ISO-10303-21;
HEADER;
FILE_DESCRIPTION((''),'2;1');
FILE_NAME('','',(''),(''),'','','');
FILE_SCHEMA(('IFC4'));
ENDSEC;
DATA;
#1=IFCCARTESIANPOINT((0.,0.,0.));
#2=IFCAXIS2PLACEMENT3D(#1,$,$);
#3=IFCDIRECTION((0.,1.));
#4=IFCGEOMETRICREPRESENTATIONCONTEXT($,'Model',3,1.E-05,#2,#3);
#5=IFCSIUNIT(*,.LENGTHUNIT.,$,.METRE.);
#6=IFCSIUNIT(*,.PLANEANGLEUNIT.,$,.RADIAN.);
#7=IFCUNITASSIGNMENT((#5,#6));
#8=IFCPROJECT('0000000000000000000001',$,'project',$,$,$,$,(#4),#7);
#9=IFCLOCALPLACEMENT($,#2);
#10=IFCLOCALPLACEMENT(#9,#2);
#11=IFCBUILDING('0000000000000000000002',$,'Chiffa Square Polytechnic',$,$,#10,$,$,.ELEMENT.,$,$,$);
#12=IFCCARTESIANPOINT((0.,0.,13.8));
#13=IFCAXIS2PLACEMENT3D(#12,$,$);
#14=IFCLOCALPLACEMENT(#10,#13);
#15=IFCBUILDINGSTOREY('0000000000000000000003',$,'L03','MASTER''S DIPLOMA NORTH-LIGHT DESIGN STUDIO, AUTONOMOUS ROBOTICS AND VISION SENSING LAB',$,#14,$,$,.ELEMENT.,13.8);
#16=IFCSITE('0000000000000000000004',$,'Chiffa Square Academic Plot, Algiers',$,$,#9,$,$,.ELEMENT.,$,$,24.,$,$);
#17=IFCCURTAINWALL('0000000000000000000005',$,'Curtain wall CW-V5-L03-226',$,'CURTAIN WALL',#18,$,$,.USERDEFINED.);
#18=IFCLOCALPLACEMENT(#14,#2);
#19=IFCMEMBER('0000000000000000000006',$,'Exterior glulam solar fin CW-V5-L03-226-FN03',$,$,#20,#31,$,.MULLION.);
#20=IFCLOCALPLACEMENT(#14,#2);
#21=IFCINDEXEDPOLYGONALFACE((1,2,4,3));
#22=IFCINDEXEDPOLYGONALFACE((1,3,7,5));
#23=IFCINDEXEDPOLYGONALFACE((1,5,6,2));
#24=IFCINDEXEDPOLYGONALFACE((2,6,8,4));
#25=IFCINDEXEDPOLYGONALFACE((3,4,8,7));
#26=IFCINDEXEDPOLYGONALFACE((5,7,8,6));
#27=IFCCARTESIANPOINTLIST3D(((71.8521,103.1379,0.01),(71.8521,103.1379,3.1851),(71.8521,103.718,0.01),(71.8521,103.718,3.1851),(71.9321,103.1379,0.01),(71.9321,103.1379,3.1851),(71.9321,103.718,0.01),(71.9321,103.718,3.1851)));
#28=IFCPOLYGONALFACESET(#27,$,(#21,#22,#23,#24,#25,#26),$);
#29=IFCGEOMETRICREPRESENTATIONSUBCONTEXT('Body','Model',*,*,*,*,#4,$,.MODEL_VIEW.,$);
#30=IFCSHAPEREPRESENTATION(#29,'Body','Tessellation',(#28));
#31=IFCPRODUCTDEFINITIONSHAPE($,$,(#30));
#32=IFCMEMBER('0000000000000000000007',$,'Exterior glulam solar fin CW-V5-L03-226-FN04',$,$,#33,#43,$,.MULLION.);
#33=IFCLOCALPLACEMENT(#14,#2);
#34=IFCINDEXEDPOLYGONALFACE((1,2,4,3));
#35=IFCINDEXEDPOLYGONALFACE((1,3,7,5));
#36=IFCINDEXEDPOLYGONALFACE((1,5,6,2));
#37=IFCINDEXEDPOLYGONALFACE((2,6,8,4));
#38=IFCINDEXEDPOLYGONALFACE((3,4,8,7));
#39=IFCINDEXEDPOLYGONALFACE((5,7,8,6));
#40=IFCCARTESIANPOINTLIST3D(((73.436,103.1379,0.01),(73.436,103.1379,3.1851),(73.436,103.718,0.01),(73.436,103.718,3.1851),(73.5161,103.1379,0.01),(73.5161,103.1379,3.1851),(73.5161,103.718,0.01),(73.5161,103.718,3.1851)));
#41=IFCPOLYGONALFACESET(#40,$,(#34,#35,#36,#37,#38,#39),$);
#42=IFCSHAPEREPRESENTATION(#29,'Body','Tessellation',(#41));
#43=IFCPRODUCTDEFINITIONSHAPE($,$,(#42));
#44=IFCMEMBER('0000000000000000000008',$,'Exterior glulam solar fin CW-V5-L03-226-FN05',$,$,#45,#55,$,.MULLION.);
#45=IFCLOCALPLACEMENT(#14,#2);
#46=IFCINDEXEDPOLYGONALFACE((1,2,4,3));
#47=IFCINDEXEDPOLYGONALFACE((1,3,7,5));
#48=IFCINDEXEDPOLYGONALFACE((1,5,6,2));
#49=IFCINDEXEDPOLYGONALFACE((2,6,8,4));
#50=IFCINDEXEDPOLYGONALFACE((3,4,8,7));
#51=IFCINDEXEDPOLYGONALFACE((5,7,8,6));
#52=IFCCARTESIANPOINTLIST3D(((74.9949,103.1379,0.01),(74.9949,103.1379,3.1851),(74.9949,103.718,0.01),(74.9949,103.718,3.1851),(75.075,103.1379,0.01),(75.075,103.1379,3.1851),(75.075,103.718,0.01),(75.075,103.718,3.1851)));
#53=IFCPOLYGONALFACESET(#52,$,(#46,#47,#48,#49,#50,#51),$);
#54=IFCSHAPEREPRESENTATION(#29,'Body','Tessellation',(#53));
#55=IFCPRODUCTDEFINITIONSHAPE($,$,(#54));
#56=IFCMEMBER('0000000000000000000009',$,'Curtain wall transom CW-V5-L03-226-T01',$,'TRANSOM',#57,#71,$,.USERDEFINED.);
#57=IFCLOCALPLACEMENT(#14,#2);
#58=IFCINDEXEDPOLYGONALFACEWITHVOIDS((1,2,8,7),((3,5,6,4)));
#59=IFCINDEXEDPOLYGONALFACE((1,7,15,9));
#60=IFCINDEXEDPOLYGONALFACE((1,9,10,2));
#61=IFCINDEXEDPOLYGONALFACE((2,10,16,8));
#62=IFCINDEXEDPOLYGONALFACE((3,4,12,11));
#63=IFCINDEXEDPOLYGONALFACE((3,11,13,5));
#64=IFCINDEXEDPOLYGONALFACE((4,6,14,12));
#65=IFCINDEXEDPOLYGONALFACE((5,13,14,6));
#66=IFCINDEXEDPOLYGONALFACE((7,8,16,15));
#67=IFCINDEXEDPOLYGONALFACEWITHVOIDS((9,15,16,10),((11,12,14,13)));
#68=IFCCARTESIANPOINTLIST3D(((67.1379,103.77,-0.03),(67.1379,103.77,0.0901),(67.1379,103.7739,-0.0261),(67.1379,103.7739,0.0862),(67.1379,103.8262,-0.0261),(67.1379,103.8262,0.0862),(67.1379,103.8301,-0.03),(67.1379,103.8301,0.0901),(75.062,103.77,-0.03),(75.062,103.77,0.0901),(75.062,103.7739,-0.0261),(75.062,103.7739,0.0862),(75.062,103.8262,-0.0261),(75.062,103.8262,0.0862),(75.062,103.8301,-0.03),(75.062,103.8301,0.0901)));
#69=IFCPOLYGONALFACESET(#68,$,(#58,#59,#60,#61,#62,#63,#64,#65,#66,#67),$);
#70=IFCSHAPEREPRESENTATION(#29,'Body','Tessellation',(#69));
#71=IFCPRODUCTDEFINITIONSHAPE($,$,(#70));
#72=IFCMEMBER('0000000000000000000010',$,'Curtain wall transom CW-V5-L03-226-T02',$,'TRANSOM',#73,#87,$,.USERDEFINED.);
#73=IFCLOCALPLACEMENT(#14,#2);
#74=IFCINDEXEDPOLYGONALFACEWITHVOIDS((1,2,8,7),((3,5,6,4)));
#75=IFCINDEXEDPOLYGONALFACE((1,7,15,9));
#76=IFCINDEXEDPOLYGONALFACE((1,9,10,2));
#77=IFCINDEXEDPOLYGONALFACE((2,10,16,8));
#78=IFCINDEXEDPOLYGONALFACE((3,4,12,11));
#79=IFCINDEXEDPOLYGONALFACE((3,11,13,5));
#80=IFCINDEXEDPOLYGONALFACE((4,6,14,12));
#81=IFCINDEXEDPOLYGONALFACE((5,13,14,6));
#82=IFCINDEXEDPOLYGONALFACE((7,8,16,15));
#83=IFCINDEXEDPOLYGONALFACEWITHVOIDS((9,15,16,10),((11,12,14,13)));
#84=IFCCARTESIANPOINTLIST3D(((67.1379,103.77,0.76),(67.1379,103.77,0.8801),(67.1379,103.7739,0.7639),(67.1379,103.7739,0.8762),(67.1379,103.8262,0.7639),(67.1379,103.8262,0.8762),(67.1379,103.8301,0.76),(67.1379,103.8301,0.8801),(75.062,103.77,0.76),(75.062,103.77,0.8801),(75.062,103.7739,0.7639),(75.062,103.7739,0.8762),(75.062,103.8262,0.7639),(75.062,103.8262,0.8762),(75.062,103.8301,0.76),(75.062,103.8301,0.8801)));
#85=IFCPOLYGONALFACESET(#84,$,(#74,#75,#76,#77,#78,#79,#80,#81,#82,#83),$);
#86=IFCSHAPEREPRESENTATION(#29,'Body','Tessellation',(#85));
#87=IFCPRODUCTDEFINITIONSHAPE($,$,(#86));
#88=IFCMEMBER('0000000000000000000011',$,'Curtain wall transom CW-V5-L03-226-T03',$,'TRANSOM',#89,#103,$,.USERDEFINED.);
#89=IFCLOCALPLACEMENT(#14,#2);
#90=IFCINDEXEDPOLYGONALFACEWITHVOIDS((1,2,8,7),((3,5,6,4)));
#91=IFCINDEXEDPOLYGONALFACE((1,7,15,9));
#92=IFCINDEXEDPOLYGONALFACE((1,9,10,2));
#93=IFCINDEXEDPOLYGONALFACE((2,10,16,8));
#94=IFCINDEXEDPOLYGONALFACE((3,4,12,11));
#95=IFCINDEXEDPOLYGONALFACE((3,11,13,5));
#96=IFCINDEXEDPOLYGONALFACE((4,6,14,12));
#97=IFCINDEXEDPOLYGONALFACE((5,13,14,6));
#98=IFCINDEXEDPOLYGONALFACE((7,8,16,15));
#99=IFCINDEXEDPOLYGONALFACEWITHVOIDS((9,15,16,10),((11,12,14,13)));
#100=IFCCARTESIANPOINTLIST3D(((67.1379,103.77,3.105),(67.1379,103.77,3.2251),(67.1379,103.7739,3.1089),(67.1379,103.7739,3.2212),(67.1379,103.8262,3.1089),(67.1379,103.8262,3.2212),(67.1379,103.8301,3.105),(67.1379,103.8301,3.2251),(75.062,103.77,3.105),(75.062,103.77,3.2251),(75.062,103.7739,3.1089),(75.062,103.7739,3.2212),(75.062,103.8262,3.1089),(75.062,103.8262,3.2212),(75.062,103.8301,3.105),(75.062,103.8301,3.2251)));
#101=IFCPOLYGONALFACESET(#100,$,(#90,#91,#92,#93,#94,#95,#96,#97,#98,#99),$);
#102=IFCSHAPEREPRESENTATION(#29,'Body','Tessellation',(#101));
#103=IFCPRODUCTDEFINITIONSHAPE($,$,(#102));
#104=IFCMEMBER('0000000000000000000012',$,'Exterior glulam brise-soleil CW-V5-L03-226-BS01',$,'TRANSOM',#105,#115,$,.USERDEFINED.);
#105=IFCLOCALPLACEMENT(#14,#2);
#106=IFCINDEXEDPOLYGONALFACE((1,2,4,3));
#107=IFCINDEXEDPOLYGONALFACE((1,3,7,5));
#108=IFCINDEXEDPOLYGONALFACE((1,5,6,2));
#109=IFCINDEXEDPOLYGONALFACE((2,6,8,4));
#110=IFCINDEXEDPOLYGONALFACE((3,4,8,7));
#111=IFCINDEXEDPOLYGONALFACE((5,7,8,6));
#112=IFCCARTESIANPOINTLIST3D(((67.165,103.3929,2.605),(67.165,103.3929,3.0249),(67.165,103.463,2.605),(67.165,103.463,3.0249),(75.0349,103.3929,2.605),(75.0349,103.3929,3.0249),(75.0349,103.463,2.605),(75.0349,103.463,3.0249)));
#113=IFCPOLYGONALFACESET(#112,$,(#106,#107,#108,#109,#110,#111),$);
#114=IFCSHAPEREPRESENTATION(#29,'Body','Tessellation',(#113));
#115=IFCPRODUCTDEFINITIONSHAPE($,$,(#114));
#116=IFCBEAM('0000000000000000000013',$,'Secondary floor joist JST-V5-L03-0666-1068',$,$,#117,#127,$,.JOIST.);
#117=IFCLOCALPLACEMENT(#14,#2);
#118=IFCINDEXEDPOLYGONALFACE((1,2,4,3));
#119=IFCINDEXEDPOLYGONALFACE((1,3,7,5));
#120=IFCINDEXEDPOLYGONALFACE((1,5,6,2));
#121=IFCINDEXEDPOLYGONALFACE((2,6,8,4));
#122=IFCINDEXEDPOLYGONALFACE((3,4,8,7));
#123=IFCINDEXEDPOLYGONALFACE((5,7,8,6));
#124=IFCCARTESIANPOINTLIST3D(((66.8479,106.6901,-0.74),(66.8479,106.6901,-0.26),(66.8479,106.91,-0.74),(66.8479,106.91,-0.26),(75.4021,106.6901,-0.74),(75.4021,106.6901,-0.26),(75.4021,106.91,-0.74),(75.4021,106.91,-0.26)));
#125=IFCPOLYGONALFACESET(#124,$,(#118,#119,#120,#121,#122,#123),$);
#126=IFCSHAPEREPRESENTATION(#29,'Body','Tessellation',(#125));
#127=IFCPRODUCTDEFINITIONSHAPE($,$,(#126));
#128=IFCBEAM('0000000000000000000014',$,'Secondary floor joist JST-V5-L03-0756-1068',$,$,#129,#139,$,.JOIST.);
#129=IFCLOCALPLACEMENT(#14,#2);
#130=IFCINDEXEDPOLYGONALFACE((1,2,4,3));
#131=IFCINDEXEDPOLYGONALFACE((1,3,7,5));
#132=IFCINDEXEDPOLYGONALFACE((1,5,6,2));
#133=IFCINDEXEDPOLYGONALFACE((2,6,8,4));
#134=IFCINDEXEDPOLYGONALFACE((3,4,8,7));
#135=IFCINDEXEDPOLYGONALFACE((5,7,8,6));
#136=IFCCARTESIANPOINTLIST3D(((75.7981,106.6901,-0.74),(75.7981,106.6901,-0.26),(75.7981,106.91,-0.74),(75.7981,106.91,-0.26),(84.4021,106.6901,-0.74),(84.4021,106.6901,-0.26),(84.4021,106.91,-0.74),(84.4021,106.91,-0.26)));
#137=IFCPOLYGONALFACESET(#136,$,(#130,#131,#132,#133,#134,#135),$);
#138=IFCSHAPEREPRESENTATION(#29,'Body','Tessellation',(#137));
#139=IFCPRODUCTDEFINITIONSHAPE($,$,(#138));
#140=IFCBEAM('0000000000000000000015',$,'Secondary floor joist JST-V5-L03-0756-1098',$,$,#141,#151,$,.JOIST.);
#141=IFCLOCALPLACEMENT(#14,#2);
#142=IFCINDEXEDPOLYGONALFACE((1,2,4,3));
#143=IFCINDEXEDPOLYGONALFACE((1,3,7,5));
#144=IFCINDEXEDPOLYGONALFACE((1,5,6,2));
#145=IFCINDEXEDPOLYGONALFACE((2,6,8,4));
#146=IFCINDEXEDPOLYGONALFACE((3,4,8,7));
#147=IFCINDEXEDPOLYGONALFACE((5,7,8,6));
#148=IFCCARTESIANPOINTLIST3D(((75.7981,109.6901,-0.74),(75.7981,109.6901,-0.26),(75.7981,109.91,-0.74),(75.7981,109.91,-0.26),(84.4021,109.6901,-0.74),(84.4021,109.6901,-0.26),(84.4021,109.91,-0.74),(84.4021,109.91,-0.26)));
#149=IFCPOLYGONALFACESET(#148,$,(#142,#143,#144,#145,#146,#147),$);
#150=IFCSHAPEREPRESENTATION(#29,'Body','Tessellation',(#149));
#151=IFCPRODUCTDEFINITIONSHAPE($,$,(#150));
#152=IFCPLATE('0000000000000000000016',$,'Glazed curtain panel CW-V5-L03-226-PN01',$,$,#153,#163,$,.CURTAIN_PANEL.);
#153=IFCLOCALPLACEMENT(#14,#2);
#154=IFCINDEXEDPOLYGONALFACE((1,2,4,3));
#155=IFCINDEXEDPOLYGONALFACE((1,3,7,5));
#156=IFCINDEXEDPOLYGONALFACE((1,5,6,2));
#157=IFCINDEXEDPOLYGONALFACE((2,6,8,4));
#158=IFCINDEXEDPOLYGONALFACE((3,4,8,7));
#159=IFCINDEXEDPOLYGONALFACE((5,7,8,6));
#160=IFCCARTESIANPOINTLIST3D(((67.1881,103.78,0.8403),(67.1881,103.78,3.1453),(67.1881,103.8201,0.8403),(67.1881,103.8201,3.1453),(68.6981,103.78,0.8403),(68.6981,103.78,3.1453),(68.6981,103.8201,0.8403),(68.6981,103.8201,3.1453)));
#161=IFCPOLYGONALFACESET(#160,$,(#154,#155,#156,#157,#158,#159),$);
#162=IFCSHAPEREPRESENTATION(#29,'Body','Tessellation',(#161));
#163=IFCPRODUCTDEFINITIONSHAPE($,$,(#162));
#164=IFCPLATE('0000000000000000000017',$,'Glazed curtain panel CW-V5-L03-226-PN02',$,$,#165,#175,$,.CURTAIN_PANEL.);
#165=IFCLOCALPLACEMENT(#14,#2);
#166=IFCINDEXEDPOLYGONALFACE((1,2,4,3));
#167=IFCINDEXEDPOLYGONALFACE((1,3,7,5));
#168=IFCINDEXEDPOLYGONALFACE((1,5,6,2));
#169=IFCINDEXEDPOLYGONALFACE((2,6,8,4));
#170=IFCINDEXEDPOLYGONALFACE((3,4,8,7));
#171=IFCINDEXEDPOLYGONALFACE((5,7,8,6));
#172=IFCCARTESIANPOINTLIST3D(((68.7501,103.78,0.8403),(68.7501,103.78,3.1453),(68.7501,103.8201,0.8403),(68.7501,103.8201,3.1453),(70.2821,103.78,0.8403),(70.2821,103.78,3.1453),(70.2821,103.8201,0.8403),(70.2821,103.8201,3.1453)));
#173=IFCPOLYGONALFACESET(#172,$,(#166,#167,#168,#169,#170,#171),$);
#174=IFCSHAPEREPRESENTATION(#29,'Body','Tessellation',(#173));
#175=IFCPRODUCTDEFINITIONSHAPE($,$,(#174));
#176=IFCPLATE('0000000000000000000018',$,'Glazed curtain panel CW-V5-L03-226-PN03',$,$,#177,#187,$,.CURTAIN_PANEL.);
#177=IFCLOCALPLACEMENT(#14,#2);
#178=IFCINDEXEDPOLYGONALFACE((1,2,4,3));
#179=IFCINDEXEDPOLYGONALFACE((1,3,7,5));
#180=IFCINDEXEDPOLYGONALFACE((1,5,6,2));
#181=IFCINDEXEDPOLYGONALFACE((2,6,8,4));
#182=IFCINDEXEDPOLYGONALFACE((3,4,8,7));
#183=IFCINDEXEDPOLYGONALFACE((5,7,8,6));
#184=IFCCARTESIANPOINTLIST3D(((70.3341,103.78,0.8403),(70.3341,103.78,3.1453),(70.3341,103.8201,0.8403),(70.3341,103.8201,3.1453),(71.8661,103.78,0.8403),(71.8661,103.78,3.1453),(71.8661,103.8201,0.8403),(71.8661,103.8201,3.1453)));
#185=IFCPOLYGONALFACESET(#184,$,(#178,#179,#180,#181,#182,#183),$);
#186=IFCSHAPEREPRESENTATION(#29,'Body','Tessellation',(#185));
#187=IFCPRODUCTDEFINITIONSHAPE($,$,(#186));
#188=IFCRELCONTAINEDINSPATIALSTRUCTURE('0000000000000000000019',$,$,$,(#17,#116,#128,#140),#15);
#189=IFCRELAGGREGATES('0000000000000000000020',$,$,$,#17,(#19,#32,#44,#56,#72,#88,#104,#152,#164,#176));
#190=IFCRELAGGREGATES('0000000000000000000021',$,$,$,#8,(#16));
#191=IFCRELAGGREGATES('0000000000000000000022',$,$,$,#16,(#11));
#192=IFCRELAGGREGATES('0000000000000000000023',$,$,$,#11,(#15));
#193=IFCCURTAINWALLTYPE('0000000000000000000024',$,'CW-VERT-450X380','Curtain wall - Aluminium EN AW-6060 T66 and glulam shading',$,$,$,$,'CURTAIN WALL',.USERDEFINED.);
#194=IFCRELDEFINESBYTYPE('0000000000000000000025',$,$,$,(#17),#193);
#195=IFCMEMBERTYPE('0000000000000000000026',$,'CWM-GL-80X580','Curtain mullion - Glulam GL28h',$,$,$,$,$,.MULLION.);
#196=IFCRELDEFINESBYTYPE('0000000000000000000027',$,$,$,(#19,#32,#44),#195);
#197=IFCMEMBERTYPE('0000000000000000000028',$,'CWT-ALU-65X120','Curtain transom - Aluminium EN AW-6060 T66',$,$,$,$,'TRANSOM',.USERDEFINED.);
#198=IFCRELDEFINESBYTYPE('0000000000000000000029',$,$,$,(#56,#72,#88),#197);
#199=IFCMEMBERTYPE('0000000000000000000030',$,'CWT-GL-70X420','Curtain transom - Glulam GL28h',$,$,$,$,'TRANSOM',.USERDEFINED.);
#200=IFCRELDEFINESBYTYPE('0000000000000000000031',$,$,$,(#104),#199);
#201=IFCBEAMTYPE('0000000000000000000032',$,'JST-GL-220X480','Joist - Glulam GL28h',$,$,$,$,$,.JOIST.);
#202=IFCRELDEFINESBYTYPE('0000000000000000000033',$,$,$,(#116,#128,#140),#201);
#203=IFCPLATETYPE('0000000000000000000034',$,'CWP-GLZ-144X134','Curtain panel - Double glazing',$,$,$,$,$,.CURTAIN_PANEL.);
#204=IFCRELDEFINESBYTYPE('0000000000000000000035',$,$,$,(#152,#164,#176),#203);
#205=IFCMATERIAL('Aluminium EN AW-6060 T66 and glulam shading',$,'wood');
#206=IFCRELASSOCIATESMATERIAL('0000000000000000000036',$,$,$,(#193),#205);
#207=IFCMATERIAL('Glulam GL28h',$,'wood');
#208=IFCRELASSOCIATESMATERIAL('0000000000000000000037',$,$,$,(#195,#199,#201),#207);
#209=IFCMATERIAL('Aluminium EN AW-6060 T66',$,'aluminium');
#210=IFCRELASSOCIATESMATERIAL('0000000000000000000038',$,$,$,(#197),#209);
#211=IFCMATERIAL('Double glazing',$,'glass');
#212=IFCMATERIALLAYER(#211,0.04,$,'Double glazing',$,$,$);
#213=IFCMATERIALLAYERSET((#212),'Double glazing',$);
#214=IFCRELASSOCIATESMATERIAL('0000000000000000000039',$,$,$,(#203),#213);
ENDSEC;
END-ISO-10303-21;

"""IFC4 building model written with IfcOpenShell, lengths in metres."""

from ifc_helpers import new_model, si_unit, direction, frame, origin, origin_2d, place, context, subcontext, project, spatial, rectangle, hollow_rectangle, extrude, material, layer, layer_set, material_profile, profile_set, type_object, element, aggregate, save


model = new_model("IFC4")

# Units and contexts
model_context = context("Model", 3, precision=1e-05, world=origin(), true_north=direction((0.0, 1.0)))
body_context = subcontext(model_context, "Body", "Model", "MODEL_VIEW")
ifc_project = project(units=[si_unit("LENGTHUNIT", "METRE"), si_unit("PLANEANGLEUNIT", "RADIAN")], contexts=[model_context])

# Site, building, storey
site_placement = place(None, origin())
site = spatial("IfcSite", under=ifc_project, at=site_placement, Name="Chiffa Square Academic Plot, Algiers", CompositionType="ELEMENT", RefElevation=24.0)
building_placement = place(site_placement, origin())
building = spatial("IfcBuilding", under=site, at=building_placement, Name="Chiffa Square Polytechnic", CompositionType="ELEMENT")
storey_placement = place(building_placement, frame((0.0, 0.0, 13.8)))
storey = spatial("IfcBuildingStorey", under=building, at=storey_placement, Name="L03", Description="MASTER'S DIPLOMA NORTH-LIGHT DESIGN STUDIO, AUTONOMOUS ROBOTICS AND VISION SENSING LAB", CompositionType="ELEMENT", Elevation=13.8)

# Curtain wall, members
ifc_material_1 = material(Name="Aluminium EN AW-6060 T66 and glulam shading", Category="wood")
curtain_wall_type = type_object("IfcCurtainWallType", Name="CW-VERT-450X380", Description="Curtain wall - Aluminium EN AW-6060 T66 and glulam shading", ElementType="CURTAIN WALL", PredefinedType="USERDEFINED", material=ifc_material_1)
curtain_wall_placement = place(storey_placement, origin())
curtain_wall = element("IfcCurtainWall", 1, at=curtain_wall_placement, inside=storey, type_object=curtain_wall_type, Name="Curtain wall CW-V5-L03-226", ObjectType="CURTAIN WALL", PredefinedType="USERDEFINED")
ifc_material_2 = material(Name="Aluminium EN AW-6060 T66", Category="aluminium")
ifc_material_3 = material(Name="Glulam GL28h", Category="wood")
ifc_material_profile_1 = material_profile(ifc_material_3, rectangle(XDim=0.0801, YDim=0.5801, at=origin_2d()), Name="GL28h 80x580")
ifc_profile_set_1 = profile_set([ifc_material_profile_1], Name="Glulam GL28h")
member_type_1 = type_object("IfcMemberType", Name="CWM-GL-80X580", Description="Curtain mullion - Glulam GL28h", PredefinedType="MULLION", material=ifc_profile_set_1)
member_1_placement = place(storey_placement, frame((71.8921, 103.428, 0.01), z_axis=(0.0, 0.0, 1.0), x_axis=(1.0, 0.0, 0.0)))
member_1 = element("IfcMember", 2, at=member_1_placement, type_object=member_type_1, Name="Exterior glulam solar fin CW-V5-L03-226-FN03", PredefinedType="MULLION", context=body_context, shape_type="SweptSolid", body=[
    extrude(rectangle(XDim=0.0801, YDim=0.5801, at=origin_2d()), origin(), (0.0, 0.0, 1.0), 3.175),
])
member_2_placement = place(storey_placement, frame((73.4761, 103.428, 0.01), z_axis=(0.0, 0.0, 1.0), x_axis=(1.0, 0.0, 0.0)))
member_2 = element("IfcMember", 3, at=member_2_placement, type_object=member_type_1, Name="Exterior glulam solar fin CW-V5-L03-226-FN04", PredefinedType="MULLION", context=body_context, shape_type="SweptSolid", body=[
    extrude(rectangle(XDim=0.0801, YDim=0.5801, at=origin_2d()), origin(), (0.0, 0.0, 1.0), 3.175),
])
member_3_placement = place(storey_placement, frame((75.0349, 103.428, 0.01), z_axis=(0.0, 0.0, 1.0), x_axis=(1.0, 0.0, 0.0)))
member_3 = element("IfcMember", 4, at=member_3_placement, type_object=member_type_1, Name="Exterior glulam solar fin CW-V5-L03-226-FN05", PredefinedType="MULLION", context=body_context, shape_type="SweptSolid", body=[
    extrude(rectangle(XDim=0.0801, YDim=0.5801, at=origin_2d()), origin(), (0.0, 0.0, 1.0), 3.175),
])
ifc_material_profile_2 = material_profile(ifc_material_2, hollow_rectangle(XDim=0.0601, YDim=0.1201, WallThickness=0.0039, at=origin_2d()), Name="ALU 60x120x4")
ifc_profile_set_2 = profile_set([ifc_material_profile_2], Name="Aluminium EN AW-6060 T66")
member_type_2 = type_object("IfcMemberType", Name="CWT-ALU-65X120", Description="Curtain transom - Aluminium EN AW-6060 T66", ElementType="TRANSOM", PredefinedType="USERDEFINED", material=ifc_profile_set_2)
member_4_placement = place(storey_placement, frame((67.1379, 103.8, 0.03), z_axis=(1.0, 0.0, 0.0), x_axis=(0.0, 1.0, 0.0)))
member_4 = element("IfcMember", 5, at=member_4_placement, type_object=member_type_2, Name="Curtain wall transom CW-V5-L03-226-T01", ObjectType="TRANSOM", PredefinedType="USERDEFINED", context=body_context, shape_type="SweptSolid", body=[
    extrude(hollow_rectangle(XDim=0.0601, YDim=0.1201, WallThickness=0.0039, at=origin_2d()), origin(), (0.0, 0.0, 1.0), 7.9241),
])
member_5_placement = place(storey_placement, frame((67.1379, 103.8, 0.8201), z_axis=(1.0, 0.0, 0.0), x_axis=(0.0, 1.0, 0.0)))
member_5 = element("IfcMember", 6, at=member_5_placement, type_object=member_type_2, Name="Curtain wall transom CW-V5-L03-226-T02", ObjectType="TRANSOM", PredefinedType="USERDEFINED", context=body_context, shape_type="SweptSolid", body=[
    extrude(hollow_rectangle(XDim=0.0601, YDim=0.1201, WallThickness=0.0039, at=origin_2d()), origin(), (0.0, 0.0, 1.0), 7.9241),
])
member_6_placement = place(storey_placement, frame((67.1379, 103.8, 3.165), z_axis=(1.0, 0.0, 0.0), x_axis=(0.0, 1.0, 0.0)))
member_6 = element("IfcMember", 7, at=member_6_placement, type_object=member_type_2, Name="Curtain wall transom CW-V5-L03-226-T03", ObjectType="TRANSOM", PredefinedType="USERDEFINED", context=body_context, shape_type="SweptSolid", body=[
    extrude(hollow_rectangle(XDim=0.0601, YDim=0.1201, WallThickness=0.0039, at=origin_2d()), origin(), (0.0, 0.0, 1.0), 7.9241),
])
ifc_material_profile_3 = material_profile(ifc_material_3, rectangle(XDim=0.0701, YDim=0.4199, at=origin_2d()), Name="GL28h 70x420")
ifc_profile_set_3 = profile_set([ifc_material_profile_3], Name="Glulam GL28h")
member_type_3 = type_object("IfcMemberType", Name="CWT-GL-70X420", Description="Curtain transom - Glulam GL28h", ElementType="TRANSOM", PredefinedType="USERDEFINED", material=ifc_profile_set_3)
member_7_placement = place(storey_placement, frame((67.165, 103.428, 2.8149), z_axis=(1.0, 0.0, 0.0), x_axis=(0.0, 1.0, 0.0)))
member_7 = element("IfcMember", 8, at=member_7_placement, type_object=member_type_3, Name="Exterior glulam brise-soleil CW-V5-L03-226-BS01", ObjectType="TRANSOM", PredefinedType="USERDEFINED", context=body_context, shape_type="SweptSolid", body=[
    extrude(rectangle(XDim=0.0701, YDim=0.4199, at=origin_2d()), origin(), (0.0, 0.0, 1.0), 7.8699),
])

# Beams
ifc_material_profile_4 = material_profile(ifc_material_3, rectangle(XDim=0.22, YDim=0.48, at=origin_2d()), Name="GL28h 220x480")
ifc_profile_set_4 = profile_set([ifc_material_profile_4], Name="Glulam GL28h")
beam_type_1 = type_object("IfcBeamType", Name="JST-GL-220X480", Description="Joist - Glulam GL28h", PredefinedType="JOIST", material=ifc_profile_set_4)
beam_1_placement = place(storey_placement, frame((66.8479, 106.8, -0.5), z_axis=(1.0, 0.0, 0.0), x_axis=(0.0, 1.0, 0.0)))
element("IfcBeam", 9, at=beam_1_placement, inside=storey, type_object=beam_type_1, Name="Secondary floor joist JST-V5-L03-0666-1068", PredefinedType="JOIST", context=body_context, shape_type="SweptSolid", body=[
    extrude(rectangle(XDim=0.22, YDim=0.48, at=origin_2d()), origin(), (0.0, 0.0, 1.0), 8.5542),
])
for number, where, z_axis, x_axis, name in (
    (10, (75.7981, 106.8, -0.5), (1.0, 0.0, 0.0), (0.0, 1.0, 0.0), "Secondary floor joist JST-V5-L03-0756-1068"),
    (11, (75.7981, 109.8, -0.5), (1.0, 0.0, 0.0), (0.0, 1.0, 0.0), "Secondary floor joist JST-V5-L03-0756-1098"),
):
    element("IfcBeam", number, at=place(storey_placement, frame(where, z_axis=z_axis, x_axis=x_axis)), inside=storey, type_object=beam_type_1, Name=name, PredefinedType="JOIST", context=body_context, shape_type="SweptSolid", body=[
        extrude(rectangle(XDim=0.22, YDim=0.48, at=origin_2d()), origin(), (0.0, 0.0, 1.0), 8.604),
    ])

# Plates
ifc_material_4 = material(Name="Double glazing", Category="glass")
ifc_layer_1 = layer(ifc_material_4, 0.04, Name="Double glazing")
ifc_layer_set_1 = layer_set([ifc_layer_1], Name="Double glazing")
plate_type_1 = type_object("IfcPlateType", Name="CWP-GLZ-144X134", Description="Curtain panel - Double glazing", PredefinedType="CURTAIN_PANEL", material=ifc_layer_set_1)
plate_1_placement = place(storey_placement, frame((67.9431, 103.8, 0.8403), z_axis=(0.0, 0.0, 1.0), x_axis=(1.0, 0.0, 0.0)))
plate_1 = element("IfcPlate", 12, at=plate_1_placement, type_object=plate_type_1, Name="Glazed curtain panel CW-V5-L03-226-PN01", PredefinedType="CURTAIN_PANEL", context=body_context, shape_type="SweptSolid", body=[
    extrude(rectangle(XDim=1.51, YDim=0.04, at=origin_2d()), origin(), (0.0, 0.0, 1.0), 2.3049),
])
plate_2_placement = place(storey_placement, frame((69.5161, 103.8, 0.8403), z_axis=(0.0, 0.0, 1.0), x_axis=(1.0, 0.0, 0.0)))
plate_2 = element("IfcPlate", 13, at=plate_2_placement, type_object=plate_type_1, Name="Glazed curtain panel CW-V5-L03-226-PN02", PredefinedType="CURTAIN_PANEL", context=body_context, shape_type="SweptSolid", body=[
    extrude(rectangle(XDim=1.532, YDim=0.04, at=origin_2d()), origin(), (0.0, 0.0, 1.0), 2.3049),
])
plate_3_placement = place(storey_placement, frame((71.1001, 103.8, 0.8403), z_axis=(0.0, 0.0, 1.0), x_axis=(1.0, 0.0, 0.0)))
plate_3 = element("IfcPlate", 14, at=plate_3_placement, type_object=plate_type_1, Name="Glazed curtain panel CW-V5-L03-226-PN03", PredefinedType="CURTAIN_PANEL", context=body_context, shape_type="SweptSolid", body=[
    extrude(rectangle(XDim=1.532, YDim=0.04, at=origin_2d()), origin(), (0.0, 0.0, 1.0), 2.3049),
])
aggregate(curtain_wall, [member_1, member_2, member_3, member_4, member_5, member_6, member_7, plate_1, plate_2, plate_3])

save(model, "model.ifc")
